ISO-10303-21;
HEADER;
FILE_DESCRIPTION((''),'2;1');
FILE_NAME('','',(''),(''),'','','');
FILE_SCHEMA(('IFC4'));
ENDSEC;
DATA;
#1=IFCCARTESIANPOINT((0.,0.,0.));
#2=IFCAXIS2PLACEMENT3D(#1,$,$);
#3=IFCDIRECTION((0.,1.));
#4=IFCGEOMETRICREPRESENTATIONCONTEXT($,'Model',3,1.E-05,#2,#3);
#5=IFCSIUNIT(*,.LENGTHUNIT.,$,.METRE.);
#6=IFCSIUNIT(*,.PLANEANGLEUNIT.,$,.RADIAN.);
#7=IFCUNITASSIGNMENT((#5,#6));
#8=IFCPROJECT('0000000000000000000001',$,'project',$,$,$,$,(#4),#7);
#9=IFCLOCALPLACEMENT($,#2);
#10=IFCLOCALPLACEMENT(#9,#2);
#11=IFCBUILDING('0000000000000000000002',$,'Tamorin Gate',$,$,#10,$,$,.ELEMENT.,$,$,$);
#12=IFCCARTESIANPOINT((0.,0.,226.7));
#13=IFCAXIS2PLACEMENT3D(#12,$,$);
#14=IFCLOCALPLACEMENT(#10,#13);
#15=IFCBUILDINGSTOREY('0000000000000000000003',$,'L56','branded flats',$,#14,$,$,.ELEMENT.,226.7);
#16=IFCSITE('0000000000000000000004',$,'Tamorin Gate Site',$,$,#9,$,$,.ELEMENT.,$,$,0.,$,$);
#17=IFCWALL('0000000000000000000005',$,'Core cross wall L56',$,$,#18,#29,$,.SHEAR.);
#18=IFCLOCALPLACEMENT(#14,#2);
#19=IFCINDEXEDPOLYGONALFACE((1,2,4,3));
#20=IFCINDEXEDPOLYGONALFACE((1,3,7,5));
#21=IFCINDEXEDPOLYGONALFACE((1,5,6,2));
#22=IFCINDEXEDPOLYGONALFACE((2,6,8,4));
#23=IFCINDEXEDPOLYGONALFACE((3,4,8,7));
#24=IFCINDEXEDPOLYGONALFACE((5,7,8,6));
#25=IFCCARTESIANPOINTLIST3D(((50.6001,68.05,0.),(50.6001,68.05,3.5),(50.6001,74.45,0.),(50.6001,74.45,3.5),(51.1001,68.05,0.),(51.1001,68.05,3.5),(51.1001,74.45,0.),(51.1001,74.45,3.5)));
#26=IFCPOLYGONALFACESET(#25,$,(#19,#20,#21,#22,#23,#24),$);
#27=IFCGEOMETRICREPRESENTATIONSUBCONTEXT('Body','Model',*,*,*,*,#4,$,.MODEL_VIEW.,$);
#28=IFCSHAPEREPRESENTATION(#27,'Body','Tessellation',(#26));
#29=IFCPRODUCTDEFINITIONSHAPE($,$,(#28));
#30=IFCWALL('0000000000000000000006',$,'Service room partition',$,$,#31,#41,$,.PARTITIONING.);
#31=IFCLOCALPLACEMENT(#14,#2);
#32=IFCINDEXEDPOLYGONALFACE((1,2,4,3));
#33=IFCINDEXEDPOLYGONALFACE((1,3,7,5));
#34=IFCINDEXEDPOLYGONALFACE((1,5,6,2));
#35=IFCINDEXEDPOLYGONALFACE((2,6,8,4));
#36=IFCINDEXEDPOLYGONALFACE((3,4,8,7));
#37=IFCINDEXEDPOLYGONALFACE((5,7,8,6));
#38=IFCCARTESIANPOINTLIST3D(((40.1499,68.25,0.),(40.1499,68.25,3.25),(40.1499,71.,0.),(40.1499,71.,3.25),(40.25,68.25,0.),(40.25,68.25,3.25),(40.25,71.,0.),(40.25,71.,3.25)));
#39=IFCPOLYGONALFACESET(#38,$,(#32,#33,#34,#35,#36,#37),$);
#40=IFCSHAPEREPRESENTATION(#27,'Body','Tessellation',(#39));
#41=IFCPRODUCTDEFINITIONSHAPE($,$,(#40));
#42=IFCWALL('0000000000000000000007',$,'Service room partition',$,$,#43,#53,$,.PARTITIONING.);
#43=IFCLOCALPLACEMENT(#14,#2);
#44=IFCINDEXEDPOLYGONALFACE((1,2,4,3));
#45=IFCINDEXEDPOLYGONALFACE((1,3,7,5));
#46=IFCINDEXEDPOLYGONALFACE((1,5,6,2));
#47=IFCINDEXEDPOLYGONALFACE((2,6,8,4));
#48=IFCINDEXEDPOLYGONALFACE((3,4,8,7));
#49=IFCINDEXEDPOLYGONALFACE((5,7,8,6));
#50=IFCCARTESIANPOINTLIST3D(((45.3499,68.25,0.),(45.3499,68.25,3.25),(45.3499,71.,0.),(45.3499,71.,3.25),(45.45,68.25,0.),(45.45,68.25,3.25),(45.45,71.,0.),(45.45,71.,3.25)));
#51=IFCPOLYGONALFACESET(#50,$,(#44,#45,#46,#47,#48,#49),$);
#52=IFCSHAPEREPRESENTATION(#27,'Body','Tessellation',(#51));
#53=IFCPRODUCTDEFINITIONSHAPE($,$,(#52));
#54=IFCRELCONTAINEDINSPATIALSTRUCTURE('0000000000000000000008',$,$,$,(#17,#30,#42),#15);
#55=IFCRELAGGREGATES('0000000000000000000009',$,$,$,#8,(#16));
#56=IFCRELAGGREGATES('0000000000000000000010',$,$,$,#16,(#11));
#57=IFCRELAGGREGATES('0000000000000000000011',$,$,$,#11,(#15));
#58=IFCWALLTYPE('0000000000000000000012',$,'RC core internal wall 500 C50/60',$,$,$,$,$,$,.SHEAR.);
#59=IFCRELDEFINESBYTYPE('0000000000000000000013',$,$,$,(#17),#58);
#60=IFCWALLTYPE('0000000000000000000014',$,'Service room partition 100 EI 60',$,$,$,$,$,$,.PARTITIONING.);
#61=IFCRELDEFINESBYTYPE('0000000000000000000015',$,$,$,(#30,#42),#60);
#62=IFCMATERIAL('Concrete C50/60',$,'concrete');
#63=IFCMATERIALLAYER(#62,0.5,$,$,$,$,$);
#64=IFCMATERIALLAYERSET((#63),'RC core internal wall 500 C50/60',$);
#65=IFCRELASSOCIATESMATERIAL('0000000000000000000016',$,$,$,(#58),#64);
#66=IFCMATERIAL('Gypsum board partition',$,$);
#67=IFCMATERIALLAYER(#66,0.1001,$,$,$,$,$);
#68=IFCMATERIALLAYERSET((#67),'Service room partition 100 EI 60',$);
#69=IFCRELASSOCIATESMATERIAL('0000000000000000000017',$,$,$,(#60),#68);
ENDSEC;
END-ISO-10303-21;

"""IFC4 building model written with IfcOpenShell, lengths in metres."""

from ifc_helpers import new_model, si_unit, direction, frame, frame_2d, origin, place, context, subcontext, project, spatial, rectangle, extrude, material, layer, layer_set, type_object, element, save


model = new_model("IFC4")

# Units and contexts
model_context = context("Model", 3, precision=1e-05, world=origin(), true_north=direction((0.0, 1.0)))
body_context = subcontext(model_context, "Body", "Model", "MODEL_VIEW")
ifc_project = project(units=[si_unit("LENGTHUNIT", "METRE"), si_unit("PLANEANGLEUNIT", "RADIAN")], contexts=[model_context])

# Site, building, storey
site_placement = place(None, origin())
site = spatial("IfcSite", under=ifc_project, at=site_placement, Name="Tamorin Gate Site", CompositionType="ELEMENT", RefElevation=0.0)
building_placement = place(site_placement, origin())
building = spatial("IfcBuilding", under=site, at=building_placement, Name="Tamorin Gate", CompositionType="ELEMENT")
storey_placement = place(building_placement, frame((0.0, 0.0, 226.7)))
storey = spatial("IfcBuildingStorey", under=building, at=storey_placement, Name="L56", Description="branded flats", CompositionType="ELEMENT", Elevation=226.7)

# Shared definitions
ifc_material_1 = material(Name="Concrete C50/60", Category="concrete")

# Walls
ifc_layer_1 = layer(ifc_material_1, 0.5)
ifc_layer_set_1 = layer_set([ifc_layer_1], Name="RC core internal wall 500 C50/60")
wall_type_1 = type_object("IfcWallType", Name="RC core internal wall 500 C50/60", PredefinedType="SHEAR", material=ifc_layer_set_1)
wall_1_placement = place(storey_placement, frame((50.8501, 68.05, 0.0), z_axis=(0.0, 0.0, 1.0), x_axis=(0.0, 1.0, 0.0)))
element("IfcWall", 1, at=wall_1_placement, inside=storey, type_object=wall_type_1, Name="Core cross wall L56", PredefinedType="SHEAR", context=body_context, shape_type="SweptSolid", body=[
    extrude(rectangle(XDim=6.3999, YDim=0.5, at=frame_2d((3.2, 0.0))), origin(), (0.0, 0.0, 1.0), 3.5),
])
ifc_material_2 = material(Name="Gypsum board partition")
ifc_layer_2 = layer(ifc_material_2, 0.1001)
ifc_layer_set_2 = layer_set([ifc_layer_2], Name="Service room partition 100 EI 60")
wall_type_2 = type_object("IfcWallType", Name="Service room partition 100 EI 60", PredefinedType="PARTITIONING", material=ifc_layer_set_2)
for number, where, z_axis, x_axis, name in (
    (2, (40.2, 68.25, 0.0), (0.0, 0.0, 1.0), (0.0, 1.0, 0.0), "Service room partition"),
    (3, (45.3999, 68.25, 0.0), (0.0, 0.0, 1.0), (0.0, 1.0, 0.0), "Service room partition"),
):
    element("IfcWall", number, at=place(storey_placement, frame(where, z_axis=z_axis, x_axis=x_axis)), inside=storey, type_object=wall_type_2, Name=name, PredefinedType="PARTITIONING", context=body_context, shape_type="SweptSolid", body=[
        extrude(rectangle(XDim=2.75, YDim=0.1001, at=frame_2d((1.375, 0.0))), origin(), (0.0, 0.0, 1.0), 3.25),
    ])

save(model, "model.ifc")
